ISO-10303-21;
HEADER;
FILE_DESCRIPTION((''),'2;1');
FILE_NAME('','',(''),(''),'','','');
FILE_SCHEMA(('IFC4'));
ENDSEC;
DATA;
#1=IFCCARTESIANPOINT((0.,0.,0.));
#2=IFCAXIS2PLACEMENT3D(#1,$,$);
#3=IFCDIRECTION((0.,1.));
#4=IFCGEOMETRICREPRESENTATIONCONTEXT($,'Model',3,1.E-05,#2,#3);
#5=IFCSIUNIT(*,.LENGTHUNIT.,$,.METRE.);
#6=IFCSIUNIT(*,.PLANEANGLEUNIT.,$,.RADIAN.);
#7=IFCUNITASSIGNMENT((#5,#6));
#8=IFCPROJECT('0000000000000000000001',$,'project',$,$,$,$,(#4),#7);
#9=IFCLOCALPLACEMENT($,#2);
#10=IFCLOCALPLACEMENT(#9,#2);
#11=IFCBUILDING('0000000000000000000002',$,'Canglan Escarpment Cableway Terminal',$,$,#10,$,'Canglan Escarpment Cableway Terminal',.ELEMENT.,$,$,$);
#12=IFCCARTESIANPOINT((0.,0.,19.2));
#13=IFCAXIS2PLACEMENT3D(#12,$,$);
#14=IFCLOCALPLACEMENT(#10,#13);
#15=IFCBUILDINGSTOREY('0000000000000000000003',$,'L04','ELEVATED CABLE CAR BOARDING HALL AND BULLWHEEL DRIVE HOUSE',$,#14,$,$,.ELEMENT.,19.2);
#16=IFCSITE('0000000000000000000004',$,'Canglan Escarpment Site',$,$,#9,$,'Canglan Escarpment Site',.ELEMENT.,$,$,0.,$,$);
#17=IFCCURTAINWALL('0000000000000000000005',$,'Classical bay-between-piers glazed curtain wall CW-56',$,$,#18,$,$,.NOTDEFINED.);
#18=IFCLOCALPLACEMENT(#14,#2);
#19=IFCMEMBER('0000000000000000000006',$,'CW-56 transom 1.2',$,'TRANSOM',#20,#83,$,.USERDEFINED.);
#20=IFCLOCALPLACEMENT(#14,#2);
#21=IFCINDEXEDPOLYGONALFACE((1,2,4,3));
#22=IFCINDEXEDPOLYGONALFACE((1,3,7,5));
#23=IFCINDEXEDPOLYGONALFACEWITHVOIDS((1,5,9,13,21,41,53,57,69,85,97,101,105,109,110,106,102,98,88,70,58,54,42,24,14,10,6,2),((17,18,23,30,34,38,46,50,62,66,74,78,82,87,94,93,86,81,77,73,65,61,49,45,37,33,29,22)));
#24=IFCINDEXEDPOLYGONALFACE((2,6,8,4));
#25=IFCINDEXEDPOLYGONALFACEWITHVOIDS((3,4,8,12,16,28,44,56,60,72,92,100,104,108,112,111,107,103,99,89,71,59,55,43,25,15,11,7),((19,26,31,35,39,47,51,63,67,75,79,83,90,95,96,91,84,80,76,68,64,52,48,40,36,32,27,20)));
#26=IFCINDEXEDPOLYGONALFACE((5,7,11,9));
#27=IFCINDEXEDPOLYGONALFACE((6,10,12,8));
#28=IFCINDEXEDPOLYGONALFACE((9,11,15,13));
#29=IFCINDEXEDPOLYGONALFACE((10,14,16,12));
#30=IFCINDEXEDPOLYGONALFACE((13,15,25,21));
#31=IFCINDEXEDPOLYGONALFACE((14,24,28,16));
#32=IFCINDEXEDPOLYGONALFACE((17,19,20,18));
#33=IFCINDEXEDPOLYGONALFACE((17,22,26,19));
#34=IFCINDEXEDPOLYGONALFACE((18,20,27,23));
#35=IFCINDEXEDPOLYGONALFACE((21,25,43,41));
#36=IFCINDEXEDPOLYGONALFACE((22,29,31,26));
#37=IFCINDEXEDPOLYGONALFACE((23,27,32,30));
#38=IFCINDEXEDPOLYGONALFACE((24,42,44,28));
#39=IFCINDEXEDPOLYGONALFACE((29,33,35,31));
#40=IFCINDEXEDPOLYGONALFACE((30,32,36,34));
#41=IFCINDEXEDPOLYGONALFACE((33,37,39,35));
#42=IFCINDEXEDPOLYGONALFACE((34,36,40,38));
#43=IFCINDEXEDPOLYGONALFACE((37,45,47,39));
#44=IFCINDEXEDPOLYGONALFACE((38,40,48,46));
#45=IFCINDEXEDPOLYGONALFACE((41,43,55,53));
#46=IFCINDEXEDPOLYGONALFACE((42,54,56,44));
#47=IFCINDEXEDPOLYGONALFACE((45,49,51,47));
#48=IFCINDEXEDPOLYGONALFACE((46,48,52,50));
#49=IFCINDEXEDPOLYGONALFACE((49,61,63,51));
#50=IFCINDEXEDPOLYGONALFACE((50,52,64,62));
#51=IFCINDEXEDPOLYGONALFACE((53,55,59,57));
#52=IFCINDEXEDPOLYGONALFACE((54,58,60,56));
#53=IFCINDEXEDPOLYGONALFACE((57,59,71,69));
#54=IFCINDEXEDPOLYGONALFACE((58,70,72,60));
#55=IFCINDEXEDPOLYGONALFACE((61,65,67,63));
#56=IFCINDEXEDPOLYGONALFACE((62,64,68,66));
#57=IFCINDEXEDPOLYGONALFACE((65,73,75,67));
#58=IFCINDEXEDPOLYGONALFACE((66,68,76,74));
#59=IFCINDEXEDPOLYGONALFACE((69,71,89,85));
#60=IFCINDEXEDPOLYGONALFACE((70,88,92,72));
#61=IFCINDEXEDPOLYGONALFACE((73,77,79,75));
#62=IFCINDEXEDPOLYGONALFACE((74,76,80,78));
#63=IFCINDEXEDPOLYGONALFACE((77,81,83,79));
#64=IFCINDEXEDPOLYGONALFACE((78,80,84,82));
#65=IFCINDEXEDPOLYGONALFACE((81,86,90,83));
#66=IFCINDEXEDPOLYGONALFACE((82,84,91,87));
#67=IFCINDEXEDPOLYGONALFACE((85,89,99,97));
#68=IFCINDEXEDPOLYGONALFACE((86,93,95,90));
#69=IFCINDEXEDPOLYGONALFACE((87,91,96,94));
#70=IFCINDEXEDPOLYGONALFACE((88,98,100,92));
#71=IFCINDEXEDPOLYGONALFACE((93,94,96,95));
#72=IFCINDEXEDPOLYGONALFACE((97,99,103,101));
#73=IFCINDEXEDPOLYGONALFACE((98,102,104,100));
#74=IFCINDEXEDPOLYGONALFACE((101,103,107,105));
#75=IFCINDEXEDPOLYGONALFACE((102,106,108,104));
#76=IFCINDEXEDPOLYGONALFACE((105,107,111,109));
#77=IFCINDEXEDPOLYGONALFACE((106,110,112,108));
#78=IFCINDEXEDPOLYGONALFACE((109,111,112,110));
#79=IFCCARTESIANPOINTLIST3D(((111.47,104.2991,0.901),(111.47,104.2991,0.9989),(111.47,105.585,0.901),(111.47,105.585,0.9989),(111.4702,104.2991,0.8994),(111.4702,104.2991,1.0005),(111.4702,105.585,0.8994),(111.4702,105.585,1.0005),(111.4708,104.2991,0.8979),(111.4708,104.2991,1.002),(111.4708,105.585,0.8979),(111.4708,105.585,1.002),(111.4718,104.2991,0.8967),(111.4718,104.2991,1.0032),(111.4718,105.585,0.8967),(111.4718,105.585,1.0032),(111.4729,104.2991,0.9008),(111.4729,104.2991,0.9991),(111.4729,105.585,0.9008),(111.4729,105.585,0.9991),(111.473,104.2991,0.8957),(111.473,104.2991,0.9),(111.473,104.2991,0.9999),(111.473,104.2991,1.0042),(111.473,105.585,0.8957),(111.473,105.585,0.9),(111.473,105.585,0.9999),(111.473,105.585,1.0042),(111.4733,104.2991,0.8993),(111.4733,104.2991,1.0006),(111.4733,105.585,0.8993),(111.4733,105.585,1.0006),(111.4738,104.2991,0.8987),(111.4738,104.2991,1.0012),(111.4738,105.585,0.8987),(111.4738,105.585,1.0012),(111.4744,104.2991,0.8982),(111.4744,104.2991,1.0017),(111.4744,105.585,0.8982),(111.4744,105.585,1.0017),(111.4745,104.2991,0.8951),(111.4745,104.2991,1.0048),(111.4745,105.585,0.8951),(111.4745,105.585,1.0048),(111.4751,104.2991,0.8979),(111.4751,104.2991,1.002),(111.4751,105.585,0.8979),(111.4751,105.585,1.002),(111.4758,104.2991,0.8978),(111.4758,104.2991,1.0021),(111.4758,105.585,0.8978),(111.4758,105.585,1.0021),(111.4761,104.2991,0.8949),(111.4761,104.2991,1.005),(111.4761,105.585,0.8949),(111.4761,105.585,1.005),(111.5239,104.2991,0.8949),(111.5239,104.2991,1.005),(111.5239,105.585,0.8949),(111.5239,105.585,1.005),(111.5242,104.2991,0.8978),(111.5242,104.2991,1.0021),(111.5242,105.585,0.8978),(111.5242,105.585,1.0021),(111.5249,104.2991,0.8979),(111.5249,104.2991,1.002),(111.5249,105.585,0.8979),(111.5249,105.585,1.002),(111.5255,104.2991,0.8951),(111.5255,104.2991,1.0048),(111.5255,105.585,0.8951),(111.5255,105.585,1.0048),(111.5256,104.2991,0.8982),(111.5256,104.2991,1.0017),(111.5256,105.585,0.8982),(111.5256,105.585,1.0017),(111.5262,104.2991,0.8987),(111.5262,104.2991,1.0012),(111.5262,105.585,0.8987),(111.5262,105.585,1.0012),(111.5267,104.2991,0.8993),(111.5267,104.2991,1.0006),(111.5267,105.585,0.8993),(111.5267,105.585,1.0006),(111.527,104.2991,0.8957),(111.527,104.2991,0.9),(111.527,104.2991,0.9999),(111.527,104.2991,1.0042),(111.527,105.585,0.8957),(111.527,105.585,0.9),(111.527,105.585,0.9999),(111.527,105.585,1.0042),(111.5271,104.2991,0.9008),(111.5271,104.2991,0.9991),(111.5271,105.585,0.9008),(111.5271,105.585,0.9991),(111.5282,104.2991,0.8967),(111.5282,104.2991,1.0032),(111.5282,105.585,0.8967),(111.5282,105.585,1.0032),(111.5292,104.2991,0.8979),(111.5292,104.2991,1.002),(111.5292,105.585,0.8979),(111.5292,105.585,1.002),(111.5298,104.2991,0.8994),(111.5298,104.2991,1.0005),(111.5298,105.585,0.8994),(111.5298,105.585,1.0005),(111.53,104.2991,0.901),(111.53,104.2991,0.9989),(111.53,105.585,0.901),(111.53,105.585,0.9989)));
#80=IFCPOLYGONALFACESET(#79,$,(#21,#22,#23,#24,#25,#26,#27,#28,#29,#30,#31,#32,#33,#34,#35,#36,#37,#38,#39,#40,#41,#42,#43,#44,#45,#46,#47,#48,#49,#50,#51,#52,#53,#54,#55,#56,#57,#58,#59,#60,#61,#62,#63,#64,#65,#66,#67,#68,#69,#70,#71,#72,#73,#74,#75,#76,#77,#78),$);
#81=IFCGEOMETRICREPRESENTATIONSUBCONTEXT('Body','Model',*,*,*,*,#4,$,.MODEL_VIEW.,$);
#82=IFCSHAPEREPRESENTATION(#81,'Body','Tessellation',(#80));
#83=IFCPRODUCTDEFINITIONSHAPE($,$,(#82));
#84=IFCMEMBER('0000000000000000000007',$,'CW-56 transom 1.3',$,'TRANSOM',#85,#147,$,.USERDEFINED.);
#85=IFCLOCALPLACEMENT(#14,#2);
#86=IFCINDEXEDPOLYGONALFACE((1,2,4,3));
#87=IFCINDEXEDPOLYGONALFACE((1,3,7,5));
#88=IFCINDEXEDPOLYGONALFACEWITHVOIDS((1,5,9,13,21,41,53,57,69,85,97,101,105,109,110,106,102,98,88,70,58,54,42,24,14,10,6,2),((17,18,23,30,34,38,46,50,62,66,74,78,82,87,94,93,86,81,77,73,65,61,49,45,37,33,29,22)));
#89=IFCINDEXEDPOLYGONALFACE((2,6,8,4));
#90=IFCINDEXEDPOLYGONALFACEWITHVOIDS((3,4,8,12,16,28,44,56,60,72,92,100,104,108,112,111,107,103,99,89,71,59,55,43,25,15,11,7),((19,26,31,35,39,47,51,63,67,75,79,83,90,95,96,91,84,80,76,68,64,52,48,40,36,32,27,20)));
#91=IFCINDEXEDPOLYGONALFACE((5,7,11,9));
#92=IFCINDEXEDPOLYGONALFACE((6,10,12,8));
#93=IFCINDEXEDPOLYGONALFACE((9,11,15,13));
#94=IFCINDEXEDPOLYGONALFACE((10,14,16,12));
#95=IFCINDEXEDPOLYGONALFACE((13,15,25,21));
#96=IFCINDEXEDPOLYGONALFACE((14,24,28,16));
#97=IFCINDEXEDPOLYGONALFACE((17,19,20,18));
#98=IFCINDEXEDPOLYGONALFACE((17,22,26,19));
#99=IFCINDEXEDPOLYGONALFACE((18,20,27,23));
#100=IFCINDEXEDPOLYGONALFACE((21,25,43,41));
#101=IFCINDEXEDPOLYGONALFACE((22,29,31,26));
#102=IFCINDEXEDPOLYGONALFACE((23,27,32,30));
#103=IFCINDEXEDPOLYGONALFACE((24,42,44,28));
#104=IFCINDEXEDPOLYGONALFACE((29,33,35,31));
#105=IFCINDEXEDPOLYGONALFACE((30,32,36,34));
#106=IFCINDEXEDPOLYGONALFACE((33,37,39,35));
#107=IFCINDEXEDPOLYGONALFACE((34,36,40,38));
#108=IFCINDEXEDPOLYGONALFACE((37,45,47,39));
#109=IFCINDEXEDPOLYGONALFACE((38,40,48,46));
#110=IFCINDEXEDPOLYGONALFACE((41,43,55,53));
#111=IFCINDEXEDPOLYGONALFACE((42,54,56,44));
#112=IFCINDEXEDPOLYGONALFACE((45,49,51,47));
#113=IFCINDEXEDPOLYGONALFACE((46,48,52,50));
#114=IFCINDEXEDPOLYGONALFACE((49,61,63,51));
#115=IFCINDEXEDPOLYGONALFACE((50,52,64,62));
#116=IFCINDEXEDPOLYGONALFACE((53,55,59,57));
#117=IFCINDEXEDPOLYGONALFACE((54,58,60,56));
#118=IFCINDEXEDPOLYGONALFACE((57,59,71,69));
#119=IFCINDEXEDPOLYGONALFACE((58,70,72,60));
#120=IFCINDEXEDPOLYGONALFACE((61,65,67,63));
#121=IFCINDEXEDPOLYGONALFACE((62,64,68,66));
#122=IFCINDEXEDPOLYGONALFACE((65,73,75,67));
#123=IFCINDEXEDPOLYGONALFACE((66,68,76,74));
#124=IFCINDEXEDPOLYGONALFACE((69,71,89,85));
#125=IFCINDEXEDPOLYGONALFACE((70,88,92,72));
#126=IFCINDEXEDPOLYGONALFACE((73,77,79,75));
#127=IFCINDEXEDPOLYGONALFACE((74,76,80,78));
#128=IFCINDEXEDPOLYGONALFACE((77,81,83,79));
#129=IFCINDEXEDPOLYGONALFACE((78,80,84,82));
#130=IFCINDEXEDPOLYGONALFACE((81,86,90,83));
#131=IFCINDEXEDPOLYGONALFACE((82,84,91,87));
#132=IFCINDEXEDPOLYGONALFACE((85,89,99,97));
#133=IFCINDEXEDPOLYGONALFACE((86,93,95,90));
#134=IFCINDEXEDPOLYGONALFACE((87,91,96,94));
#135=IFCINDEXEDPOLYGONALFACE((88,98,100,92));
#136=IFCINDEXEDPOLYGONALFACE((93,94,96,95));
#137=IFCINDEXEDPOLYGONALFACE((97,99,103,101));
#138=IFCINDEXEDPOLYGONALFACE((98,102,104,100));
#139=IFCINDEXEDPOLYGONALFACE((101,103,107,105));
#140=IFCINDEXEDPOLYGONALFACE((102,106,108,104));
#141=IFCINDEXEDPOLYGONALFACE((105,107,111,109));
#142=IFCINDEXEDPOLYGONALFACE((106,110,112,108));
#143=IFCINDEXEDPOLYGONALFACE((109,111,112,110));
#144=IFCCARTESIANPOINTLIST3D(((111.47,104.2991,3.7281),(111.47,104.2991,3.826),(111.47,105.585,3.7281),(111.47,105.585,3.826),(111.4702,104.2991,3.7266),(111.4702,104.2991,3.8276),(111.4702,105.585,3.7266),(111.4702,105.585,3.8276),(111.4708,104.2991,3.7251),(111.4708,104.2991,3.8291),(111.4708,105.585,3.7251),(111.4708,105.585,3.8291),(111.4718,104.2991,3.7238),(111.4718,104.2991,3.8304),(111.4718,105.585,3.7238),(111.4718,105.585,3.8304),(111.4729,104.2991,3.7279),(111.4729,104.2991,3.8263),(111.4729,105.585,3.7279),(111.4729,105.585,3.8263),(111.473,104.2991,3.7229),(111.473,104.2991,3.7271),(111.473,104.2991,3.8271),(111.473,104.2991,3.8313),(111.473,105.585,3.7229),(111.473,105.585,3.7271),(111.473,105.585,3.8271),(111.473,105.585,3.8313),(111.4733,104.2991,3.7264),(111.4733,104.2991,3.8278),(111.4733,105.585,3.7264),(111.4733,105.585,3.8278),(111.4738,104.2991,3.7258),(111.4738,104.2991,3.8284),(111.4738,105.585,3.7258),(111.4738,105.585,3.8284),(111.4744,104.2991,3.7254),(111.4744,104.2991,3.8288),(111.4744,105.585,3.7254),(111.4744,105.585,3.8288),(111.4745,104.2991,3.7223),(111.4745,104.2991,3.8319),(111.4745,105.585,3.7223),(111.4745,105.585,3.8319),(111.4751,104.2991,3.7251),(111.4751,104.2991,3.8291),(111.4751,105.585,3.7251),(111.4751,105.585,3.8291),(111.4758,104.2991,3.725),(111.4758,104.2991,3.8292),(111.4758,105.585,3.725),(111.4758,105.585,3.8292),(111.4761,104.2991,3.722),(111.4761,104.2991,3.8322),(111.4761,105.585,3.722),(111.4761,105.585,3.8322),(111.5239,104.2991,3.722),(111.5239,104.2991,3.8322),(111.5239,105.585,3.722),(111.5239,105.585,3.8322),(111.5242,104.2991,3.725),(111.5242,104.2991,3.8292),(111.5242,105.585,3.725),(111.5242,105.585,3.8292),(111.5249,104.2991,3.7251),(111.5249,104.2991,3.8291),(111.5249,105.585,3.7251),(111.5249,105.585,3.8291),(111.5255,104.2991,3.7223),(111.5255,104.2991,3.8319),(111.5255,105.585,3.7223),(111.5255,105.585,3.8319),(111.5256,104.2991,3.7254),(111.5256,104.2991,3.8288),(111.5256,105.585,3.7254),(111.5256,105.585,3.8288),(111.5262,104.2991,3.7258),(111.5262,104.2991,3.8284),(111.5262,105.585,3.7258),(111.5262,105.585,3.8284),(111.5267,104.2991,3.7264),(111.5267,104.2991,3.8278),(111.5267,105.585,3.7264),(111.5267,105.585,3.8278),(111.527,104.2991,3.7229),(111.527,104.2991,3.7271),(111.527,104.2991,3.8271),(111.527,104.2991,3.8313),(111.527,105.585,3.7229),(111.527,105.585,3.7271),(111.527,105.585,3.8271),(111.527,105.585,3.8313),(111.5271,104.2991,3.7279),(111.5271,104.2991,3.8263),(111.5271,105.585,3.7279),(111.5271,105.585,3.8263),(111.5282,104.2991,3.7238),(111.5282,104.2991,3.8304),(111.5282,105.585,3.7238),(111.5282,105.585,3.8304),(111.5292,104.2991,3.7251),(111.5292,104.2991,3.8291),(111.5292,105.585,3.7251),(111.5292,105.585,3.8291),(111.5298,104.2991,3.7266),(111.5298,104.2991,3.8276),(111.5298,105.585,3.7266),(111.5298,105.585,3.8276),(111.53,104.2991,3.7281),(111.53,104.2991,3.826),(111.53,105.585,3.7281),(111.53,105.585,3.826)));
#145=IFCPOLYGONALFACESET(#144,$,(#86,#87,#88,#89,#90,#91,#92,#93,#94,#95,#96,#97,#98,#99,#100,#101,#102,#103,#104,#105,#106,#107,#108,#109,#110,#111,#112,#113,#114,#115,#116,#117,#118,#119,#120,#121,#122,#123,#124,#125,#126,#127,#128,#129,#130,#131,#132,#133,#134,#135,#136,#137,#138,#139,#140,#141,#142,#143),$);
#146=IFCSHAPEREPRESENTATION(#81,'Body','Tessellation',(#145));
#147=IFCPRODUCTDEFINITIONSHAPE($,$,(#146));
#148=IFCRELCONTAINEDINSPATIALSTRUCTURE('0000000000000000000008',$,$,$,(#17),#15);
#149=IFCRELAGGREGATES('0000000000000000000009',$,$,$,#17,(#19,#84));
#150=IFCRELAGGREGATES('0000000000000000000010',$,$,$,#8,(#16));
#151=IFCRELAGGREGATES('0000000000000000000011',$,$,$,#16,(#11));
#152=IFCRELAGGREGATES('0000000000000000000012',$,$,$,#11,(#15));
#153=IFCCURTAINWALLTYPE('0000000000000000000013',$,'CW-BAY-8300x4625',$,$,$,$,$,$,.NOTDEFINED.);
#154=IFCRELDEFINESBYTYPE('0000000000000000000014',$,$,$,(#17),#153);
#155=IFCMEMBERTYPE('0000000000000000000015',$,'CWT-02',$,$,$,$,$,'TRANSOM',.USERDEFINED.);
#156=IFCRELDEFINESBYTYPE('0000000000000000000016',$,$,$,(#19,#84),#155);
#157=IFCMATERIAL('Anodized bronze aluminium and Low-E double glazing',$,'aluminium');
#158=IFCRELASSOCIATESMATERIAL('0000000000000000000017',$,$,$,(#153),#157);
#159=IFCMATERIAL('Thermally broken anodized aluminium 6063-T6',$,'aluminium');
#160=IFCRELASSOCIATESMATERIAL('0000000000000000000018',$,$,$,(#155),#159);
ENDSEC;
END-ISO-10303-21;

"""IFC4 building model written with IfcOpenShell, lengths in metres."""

from ifc_helpers import new_model, si_unit, direction, frame, origin, origin_2d, place, context, subcontext, project, spatial, hollow_rectangle, extrude, material, material_profile, profile_set, type_object, element, aggregate, save


model = new_model("IFC4")

# Units and contexts
model_context = context("Model", 3, precision=1e-05, world=origin(), true_north=direction((0.0, 1.0)))
body_context = subcontext(model_context, "Body", "Model", "MODEL_VIEW")
ifc_project = project(units=[si_unit("LENGTHUNIT", "METRE"), si_unit("PLANEANGLEUNIT", "RADIAN")], contexts=[model_context])

# Site, building, storey
site_placement = place(None, origin())
site = spatial("IfcSite", under=ifc_project, at=site_placement, Name="Canglan Escarpment Site", LongName="Canglan Escarpment Site", CompositionType="ELEMENT", RefElevation=0.0)
building_placement = place(site_placement, origin())
building = spatial("IfcBuilding", under=site, at=building_placement, Name="Canglan Escarpment Cableway Terminal", LongName="Canglan Escarpment Cableway Terminal", CompositionType="ELEMENT")
storey_placement = place(building_placement, frame((0.0, 0.0, 19.2)))
storey = spatial("IfcBuildingStorey", under=building, at=storey_placement, Name="L04", Description="ELEVATED CABLE CAR BOARDING HALL AND BULLWHEEL DRIVE HOUSE", CompositionType="ELEMENT", Elevation=19.2)

# Curtain wall, members
ifc_material_1 = material(Name="Anodized bronze aluminium and Low-E double glazing", Category="aluminium")
curtain_wall_type = type_object("IfcCurtainWallType", Name="CW-BAY-8300x4625", PredefinedType="NOTDEFINED", material=ifc_material_1)
curtain_wall_placement = place(storey_placement, origin())
curtain_wall = element("IfcCurtainWall", 1, at=curtain_wall_placement, inside=storey, type_object=curtain_wall_type, Name="Classical bay-between-piers glazed curtain wall CW-56", PredefinedType="NOTDEFINED")
ifc_material_2 = material(Name="Thermally broken anodized aluminium 6063-T6", Category="aluminium")
ifc_material_profile_1 = material_profile(ifc_material_2, hollow_rectangle(XDim=0.0601, YDim=0.1101, WallThickness=0.0029, InnerFilletRadius=0.0029, OuterFilletRadius=0.0061, at=origin_2d()), Name="ALU-TRAN 60x110x3")
ifc_profile_set_1 = profile_set([ifc_material_profile_1], Name="Thermally broken anodized aluminium 6063-T6")
member_type_1 = type_object("IfcMemberType", Name="CWT-02", ElementType="TRANSOM", PredefinedType="USERDEFINED", material=ifc_profile_set_1)
member_1_placement = place(storey_placement, frame((111.5, 105.585, 0.95), z_axis=(0.0, -1.0, 0.0), x_axis=(1.0, 0.0, 0.0)))
member_1 = element("IfcMember", 2, at=member_1_placement, type_object=member_type_1, Name="CW-56 transom 1.2", ObjectType="TRANSOM", PredefinedType="USERDEFINED", context=body_context, shape_type="SweptSolid", body=[
    extrude(hollow_rectangle(XDim=0.0601, YDim=0.1101, WallThickness=0.0029, InnerFilletRadius=0.0029, OuterFilletRadius=0.0061, at=origin_2d()), origin(), (0.0, 0.0, 1.0), 1.2859),
])
member_2_placement = place(storey_placement, frame((111.5, 105.585, 3.7771), z_axis=(0.0, -1.0, 0.0), x_axis=(1.0, 0.0, 0.0)))
member_2 = element("IfcMember", 3, at=member_2_placement, type_object=member_type_1, Name="CW-56 transom 1.3", ObjectType="TRANSOM", PredefinedType="USERDEFINED", context=body_context, shape_type="SweptSolid", body=[
    extrude(hollow_rectangle(XDim=0.0601, YDim=0.1101, WallThickness=0.0029, InnerFilletRadius=0.0029, OuterFilletRadius=0.0061, at=origin_2d()), origin(), (0.0, 0.0, 1.0), 1.2859),
])
aggregate(curtain_wall, [member_1, member_2])

save(model, "model.ifc")
